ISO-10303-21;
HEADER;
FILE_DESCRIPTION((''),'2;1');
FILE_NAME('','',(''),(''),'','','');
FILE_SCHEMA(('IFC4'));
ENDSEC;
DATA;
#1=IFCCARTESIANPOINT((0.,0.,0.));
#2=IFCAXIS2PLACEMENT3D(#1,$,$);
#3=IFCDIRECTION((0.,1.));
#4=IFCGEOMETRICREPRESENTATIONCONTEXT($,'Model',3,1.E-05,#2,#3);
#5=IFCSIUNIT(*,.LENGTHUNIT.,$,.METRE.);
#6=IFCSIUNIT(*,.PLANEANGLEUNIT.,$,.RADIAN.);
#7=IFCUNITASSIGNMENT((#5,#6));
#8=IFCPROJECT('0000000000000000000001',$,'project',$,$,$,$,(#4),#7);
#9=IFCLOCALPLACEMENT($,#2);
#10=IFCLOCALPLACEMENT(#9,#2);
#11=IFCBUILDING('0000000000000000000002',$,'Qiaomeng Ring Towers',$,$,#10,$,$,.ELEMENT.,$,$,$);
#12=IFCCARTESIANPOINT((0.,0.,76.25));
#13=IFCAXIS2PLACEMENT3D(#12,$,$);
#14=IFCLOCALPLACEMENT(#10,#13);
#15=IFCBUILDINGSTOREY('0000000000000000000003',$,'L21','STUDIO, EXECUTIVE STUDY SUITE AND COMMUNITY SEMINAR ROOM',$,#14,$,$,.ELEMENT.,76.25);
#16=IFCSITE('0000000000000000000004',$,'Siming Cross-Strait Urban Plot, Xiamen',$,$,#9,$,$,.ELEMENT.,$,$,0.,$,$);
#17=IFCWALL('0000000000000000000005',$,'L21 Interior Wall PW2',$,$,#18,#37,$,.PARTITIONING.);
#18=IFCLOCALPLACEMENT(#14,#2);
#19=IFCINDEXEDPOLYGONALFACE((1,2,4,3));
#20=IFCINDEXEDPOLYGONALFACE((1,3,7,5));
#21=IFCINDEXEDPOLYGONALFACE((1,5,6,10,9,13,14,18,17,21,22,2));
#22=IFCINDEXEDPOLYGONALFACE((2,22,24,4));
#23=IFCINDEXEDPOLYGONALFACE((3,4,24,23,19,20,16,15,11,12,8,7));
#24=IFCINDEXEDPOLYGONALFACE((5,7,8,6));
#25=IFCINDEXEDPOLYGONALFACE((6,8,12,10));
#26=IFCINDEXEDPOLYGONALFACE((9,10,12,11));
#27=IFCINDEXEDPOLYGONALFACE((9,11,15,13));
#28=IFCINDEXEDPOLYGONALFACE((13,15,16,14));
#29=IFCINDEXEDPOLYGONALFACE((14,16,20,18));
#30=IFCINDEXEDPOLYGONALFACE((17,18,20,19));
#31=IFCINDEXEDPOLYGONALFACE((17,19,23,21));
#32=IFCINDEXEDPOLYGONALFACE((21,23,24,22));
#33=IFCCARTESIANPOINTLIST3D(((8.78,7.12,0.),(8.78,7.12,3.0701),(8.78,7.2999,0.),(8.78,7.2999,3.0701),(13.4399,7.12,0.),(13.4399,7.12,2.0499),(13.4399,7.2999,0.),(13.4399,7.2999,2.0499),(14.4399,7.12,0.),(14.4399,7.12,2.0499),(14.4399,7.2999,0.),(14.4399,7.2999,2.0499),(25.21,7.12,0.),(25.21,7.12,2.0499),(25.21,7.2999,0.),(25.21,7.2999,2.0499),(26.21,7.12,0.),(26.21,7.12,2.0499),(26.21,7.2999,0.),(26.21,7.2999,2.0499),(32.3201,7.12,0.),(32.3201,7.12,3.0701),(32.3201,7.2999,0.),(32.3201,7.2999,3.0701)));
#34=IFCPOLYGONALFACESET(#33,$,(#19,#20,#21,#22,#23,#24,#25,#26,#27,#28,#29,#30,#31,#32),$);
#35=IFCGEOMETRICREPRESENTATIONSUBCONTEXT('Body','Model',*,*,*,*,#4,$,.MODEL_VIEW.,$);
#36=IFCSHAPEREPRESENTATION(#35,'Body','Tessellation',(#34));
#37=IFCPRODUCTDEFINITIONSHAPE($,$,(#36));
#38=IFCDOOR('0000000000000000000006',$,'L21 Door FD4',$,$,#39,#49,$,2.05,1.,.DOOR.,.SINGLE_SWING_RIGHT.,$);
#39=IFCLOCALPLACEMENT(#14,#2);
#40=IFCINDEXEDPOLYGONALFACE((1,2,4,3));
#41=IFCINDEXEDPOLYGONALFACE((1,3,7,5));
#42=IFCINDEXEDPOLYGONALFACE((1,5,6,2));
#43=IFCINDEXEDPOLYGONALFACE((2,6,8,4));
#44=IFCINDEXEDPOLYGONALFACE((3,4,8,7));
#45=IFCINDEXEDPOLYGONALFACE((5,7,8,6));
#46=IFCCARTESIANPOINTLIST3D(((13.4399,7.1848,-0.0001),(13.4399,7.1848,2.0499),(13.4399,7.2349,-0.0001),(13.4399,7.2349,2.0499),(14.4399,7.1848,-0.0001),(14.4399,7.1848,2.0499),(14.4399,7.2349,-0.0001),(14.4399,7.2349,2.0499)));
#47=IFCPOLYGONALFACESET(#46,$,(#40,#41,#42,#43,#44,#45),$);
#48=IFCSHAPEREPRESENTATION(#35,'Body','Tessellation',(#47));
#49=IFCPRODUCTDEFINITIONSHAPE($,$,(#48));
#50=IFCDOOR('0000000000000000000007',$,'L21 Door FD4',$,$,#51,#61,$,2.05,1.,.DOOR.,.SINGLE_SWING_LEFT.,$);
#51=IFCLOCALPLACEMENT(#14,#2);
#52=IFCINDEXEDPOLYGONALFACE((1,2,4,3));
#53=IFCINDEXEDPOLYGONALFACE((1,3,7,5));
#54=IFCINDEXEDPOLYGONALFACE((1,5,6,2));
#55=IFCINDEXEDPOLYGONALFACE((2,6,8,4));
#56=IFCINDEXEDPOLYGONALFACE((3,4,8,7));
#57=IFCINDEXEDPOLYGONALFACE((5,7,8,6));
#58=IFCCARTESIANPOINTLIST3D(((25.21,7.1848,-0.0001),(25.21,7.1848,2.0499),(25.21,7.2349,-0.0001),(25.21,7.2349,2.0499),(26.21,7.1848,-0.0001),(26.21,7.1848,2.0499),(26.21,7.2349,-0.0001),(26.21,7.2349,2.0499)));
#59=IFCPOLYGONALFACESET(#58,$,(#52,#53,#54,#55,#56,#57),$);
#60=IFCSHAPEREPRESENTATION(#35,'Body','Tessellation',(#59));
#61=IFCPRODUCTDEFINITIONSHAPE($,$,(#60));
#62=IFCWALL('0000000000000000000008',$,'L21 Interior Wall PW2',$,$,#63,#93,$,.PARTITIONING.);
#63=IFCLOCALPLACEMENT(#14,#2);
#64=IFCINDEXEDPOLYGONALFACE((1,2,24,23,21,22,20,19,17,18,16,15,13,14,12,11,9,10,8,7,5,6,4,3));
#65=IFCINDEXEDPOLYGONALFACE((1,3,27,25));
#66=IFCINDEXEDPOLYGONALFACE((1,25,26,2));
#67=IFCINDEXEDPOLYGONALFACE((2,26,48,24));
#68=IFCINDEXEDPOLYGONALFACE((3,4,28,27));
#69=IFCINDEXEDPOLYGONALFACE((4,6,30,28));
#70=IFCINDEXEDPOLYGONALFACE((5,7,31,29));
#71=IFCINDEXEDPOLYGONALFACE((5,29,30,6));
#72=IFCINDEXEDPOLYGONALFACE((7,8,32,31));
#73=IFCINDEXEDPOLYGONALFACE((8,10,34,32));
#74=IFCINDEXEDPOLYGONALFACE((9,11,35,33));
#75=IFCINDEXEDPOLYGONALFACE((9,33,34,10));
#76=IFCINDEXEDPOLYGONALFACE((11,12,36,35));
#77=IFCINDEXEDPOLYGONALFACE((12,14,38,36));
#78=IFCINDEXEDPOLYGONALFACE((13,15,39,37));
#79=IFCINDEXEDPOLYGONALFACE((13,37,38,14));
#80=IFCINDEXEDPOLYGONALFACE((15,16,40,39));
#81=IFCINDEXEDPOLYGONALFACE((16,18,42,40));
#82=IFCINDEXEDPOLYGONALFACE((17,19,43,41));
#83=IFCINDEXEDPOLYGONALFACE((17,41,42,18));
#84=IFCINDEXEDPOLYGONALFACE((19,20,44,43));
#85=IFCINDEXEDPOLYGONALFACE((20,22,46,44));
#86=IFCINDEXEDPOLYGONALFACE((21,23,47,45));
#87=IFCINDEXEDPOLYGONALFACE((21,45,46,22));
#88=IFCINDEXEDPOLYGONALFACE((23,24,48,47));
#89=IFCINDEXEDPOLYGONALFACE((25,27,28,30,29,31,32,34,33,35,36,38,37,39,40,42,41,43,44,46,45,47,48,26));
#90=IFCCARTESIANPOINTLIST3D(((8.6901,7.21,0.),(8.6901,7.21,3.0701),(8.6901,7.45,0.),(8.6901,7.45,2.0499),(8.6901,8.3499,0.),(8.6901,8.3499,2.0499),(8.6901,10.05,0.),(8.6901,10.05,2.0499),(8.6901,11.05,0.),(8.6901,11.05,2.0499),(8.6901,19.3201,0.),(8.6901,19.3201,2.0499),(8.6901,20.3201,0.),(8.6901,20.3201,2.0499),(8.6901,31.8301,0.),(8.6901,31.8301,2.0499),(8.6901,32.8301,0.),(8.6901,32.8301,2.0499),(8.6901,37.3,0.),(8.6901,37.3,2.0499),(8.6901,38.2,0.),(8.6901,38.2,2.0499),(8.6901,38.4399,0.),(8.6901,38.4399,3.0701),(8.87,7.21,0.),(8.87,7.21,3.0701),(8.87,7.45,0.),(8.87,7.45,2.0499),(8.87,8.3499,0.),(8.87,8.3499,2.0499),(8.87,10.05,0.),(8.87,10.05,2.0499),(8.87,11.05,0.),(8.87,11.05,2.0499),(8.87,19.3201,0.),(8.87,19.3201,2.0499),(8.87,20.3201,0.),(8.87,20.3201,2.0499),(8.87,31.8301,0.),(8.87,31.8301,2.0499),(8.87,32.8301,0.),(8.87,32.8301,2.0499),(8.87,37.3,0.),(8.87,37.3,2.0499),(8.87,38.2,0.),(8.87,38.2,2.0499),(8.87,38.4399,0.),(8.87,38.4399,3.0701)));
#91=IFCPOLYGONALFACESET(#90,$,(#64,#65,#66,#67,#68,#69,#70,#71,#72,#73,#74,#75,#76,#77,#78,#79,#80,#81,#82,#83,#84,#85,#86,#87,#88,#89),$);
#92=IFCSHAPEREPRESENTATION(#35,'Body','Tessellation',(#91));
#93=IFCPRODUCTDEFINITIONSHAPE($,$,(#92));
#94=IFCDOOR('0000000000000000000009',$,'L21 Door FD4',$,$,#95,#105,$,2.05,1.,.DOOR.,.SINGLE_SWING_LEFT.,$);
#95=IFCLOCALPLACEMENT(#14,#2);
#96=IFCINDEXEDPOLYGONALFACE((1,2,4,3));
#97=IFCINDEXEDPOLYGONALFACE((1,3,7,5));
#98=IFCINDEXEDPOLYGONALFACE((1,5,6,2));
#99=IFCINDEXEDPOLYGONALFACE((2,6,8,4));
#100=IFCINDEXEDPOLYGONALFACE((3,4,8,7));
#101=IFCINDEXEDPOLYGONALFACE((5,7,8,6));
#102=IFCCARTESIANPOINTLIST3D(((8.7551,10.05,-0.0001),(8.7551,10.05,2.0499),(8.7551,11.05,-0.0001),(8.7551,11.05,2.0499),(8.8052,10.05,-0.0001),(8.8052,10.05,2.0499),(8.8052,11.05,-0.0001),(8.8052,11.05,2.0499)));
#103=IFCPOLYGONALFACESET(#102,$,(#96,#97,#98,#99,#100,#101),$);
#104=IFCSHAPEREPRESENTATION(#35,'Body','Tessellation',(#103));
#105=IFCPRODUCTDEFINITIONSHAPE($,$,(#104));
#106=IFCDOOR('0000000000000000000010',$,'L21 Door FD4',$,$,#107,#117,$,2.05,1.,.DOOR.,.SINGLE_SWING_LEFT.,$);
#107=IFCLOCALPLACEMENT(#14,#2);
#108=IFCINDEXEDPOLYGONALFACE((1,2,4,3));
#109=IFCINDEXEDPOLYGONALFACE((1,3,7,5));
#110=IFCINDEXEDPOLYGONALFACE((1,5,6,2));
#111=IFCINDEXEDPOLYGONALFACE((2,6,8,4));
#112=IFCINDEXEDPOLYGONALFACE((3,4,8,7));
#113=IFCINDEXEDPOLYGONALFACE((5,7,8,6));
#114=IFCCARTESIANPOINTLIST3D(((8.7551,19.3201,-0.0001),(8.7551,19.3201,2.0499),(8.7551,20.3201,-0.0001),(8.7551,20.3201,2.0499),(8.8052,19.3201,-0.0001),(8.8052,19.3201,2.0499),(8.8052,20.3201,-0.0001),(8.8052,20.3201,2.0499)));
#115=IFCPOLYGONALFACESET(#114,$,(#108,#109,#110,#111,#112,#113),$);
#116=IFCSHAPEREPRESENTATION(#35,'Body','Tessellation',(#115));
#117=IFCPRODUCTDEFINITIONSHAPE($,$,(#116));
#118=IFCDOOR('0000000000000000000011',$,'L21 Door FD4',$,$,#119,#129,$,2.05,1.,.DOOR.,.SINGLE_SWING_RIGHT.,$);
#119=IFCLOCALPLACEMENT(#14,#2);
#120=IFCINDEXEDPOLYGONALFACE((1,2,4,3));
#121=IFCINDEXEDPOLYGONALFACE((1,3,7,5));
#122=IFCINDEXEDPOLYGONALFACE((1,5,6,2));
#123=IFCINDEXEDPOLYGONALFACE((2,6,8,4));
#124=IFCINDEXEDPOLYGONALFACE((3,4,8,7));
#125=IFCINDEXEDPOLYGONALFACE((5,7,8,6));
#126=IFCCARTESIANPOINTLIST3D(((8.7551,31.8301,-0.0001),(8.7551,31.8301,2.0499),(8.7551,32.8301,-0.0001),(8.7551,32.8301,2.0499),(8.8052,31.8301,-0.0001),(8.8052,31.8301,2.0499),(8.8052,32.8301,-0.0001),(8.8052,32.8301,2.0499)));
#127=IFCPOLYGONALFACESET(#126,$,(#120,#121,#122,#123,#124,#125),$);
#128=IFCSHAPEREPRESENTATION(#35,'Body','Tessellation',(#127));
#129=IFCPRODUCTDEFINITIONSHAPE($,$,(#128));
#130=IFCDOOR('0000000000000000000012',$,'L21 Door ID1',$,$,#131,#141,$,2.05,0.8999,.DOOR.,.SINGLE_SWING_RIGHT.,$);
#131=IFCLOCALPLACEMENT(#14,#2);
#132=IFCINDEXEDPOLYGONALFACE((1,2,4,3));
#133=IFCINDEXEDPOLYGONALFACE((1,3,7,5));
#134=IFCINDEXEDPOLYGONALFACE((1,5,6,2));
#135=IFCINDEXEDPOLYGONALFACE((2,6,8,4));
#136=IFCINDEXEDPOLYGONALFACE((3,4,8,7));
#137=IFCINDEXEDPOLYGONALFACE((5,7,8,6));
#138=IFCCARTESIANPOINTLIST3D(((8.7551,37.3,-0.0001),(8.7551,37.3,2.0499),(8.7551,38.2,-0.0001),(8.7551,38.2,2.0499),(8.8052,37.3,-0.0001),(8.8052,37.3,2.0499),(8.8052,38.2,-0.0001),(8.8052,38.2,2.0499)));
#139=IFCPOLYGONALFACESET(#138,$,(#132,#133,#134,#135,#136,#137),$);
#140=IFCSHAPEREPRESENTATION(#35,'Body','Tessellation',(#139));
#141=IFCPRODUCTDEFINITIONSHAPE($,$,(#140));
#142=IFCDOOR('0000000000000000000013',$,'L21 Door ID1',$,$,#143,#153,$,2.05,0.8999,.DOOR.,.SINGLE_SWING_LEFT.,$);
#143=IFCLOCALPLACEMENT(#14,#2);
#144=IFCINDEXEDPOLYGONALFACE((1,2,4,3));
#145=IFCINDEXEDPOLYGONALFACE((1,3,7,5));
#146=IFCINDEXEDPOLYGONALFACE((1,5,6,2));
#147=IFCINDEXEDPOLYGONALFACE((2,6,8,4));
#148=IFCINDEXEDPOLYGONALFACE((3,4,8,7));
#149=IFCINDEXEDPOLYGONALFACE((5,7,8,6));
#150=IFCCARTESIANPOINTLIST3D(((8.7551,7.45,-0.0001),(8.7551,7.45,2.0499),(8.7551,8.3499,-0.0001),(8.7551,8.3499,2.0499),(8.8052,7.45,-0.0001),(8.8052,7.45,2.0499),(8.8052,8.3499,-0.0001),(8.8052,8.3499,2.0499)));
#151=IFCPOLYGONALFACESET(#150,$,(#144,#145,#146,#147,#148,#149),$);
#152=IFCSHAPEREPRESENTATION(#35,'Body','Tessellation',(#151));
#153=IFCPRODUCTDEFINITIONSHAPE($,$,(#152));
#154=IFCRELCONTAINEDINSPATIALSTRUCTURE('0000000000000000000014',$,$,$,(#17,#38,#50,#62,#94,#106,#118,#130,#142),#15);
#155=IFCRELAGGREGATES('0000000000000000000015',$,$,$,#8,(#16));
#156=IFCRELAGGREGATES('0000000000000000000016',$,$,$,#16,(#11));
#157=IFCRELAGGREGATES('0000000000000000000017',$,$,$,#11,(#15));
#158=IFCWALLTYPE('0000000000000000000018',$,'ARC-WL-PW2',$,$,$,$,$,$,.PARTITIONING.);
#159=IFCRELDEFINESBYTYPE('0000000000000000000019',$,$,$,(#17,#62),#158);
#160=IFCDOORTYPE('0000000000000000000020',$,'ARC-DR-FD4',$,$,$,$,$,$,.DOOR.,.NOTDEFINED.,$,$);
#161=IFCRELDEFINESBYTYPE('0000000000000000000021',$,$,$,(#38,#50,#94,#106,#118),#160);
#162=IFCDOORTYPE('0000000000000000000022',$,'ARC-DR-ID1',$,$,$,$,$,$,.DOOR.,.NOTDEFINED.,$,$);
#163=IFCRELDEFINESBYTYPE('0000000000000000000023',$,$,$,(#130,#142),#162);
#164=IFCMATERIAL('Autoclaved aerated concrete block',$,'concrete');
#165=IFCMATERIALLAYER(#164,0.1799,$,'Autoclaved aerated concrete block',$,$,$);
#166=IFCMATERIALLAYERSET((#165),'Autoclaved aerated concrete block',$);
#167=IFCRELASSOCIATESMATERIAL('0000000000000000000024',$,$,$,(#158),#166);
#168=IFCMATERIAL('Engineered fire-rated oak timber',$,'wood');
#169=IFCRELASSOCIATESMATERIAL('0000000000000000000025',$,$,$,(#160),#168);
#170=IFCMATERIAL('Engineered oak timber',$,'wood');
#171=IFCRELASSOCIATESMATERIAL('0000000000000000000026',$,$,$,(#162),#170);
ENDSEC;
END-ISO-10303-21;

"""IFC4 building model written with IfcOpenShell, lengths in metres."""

from ifc_helpers import new_model, si_unit, direction, frame, frame_2d, origin, place, context, subcontext, project, spatial, rectangle, extrude, source, transform, mapped, material, layer, layer_set, type_object, element, fill, save


model = new_model("IFC4")

# Units and contexts
model_context = context("Model", 3, precision=1e-05, world=origin(), true_north=direction((0.0, 1.0)))
body_context = subcontext(model_context, "Body", "Model", "MODEL_VIEW")
ifc_project = project(units=[si_unit("LENGTHUNIT", "METRE"), si_unit("PLANEANGLEUNIT", "RADIAN")], contexts=[model_context])

# Site, building, storey
site_placement = place(None, origin())
site = spatial("IfcSite", under=ifc_project, at=site_placement, Name="Siming Cross-Strait Urban Plot, Xiamen", CompositionType="ELEMENT", RefElevation=0.0)
building_placement = place(site_placement, origin())
building = spatial("IfcBuilding", under=site, at=building_placement, Name="Qiaomeng Ring Towers", CompositionType="ELEMENT")
storey_placement = place(building_placement, frame((0.0, 0.0, 76.25)))
storey = spatial("IfcBuildingStorey", under=building, at=storey_placement, Name="L21", Description="STUDIO, EXECUTIVE STUDY SUITE AND COMMUNITY SEMINAR ROOM", CompositionType="ELEMENT", Elevation=76.25)

# Walls, openings, doors
ifc_material_1 = material(Name="Autoclaved aerated concrete block", Category="concrete")
ifc_layer_1 = layer(ifc_material_1, 0.1799, Name="Autoclaved aerated concrete block")
ifc_layer_set_1 = layer_set([ifc_layer_1], Name="Autoclaved aerated concrete block")
wall_type_1 = type_object("IfcWallType", Name="ARC-WL-PW2", PredefinedType="PARTITIONING", material=ifc_layer_set_1)
wall_1_placement = place(storey_placement, frame((8.78, 7.21, 0.0), z_axis=(0.0, 0.0, 1.0), x_axis=(1.0, 0.0, 0.0)))
wall_1 = element("IfcWall", 1, at=wall_1_placement, inside=storey, type_object=wall_type_1, Name="L21 Interior Wall PW2", PredefinedType="PARTITIONING", context=body_context, shape_type="SweptSolid", body=[
    extrude(rectangle(XDim=23.54, YDim=0.1799, at=frame_2d((11.77, 0.0))), origin(), (0.0, 0.0, 1.0), 3.0701),
])
opening_1_placement = place(wall_1_placement, frame((4.6599, 0.0, 0.0)))
opening_1 = element("IfcOpeningElement", 2, at=opening_1_placement, cuts=wall_1, PredefinedType="OPENING", context=body_context, shape_type="SweptSolid", body=[
    extrude(rectangle(XDim=1.0, YDim=2.05, at=frame_2d((0.5, 1.0249))), frame((0.0, 0.0999, 0.0), z_axis=(0.0, -1.0, 0.0), x_axis=(1.0, 0.0, 0.0)), (0.0, 0.0, 1.0), 0.2),
])
opening_2_placement = place(wall_1_placement, frame((16.4299, 0.0, 0.0)))
opening_2 = element("IfcOpeningElement", 3, at=opening_2_placement, cuts=wall_1, PredefinedType="OPENING", context=body_context, shape_type="SweptSolid", body=[
    extrude(rectangle(XDim=1.0, YDim=2.05, at=frame_2d((0.5, 1.0249))), frame((0.0, 0.0999, 0.0), z_axis=(0.0, -1.0, 0.0), x_axis=(1.0, 0.0, 0.0)), (0.0, 0.0, 1.0), 0.2),
])
ifc_material_2 = material(Name="Engineered fire-rated oak timber", Category="wood")
door_type_1 = type_object("IfcDoorType", Name="ARC-DR-FD4", OperationType="NOTDEFINED", PredefinedType="DOOR", material=ifc_material_2)
shared_shape_1 = source(origin(), body_context, "Body", "SweptSolid", [
    extrude(rectangle(XDim=1.0, YDim=2.05, at=frame_2d((0.5, 1.0249))), frame((0.0, 0.0249, 0.0), z_axis=(0.0, -1.0, 0.0), x_axis=(1.0, 0.0, 0.0)), (0.0, 0.0, 1.0), 0.05),
])
door_1_placement = place(opening_1_placement, origin())
door_1 = element("IfcDoor", 4, at=door_1_placement, inside=storey, type_object=door_type_1, Name="L21 Door FD4", OperationType="SINGLE_SWING_RIGHT", OverallHeight=2.05, OverallWidth=1.0, PredefinedType="DOOR", context=body_context, shape_type="MappedRepresentation", body=[
    mapped(shared_shape_1, transform((0.0, 0.0, 0.0), x_axis=(1.0, 0.0, 0.0), y_axis=(0.0, 1.0, 0.0), z_axis=(0.0, 0.0, 1.0), scale=1.0)),
])
fill(opening_1, door_1)
door_2_placement = place(opening_2_placement, origin())
door_2 = element("IfcDoor", 5, at=door_2_placement, inside=storey, type_object=door_type_1, Name="L21 Door FD4", OperationType="SINGLE_SWING_LEFT", OverallHeight=2.05, OverallWidth=1.0, PredefinedType="DOOR", context=body_context, shape_type="MappedRepresentation", body=[
    mapped(shared_shape_1, transform((0.0, 0.0, 0.0), x_axis=(1.0, 0.0, 0.0), y_axis=(0.0, 1.0, 0.0), z_axis=(0.0, 0.0, 1.0), scale=1.0)),
])
fill(opening_2, door_2)
wall_2_placement = place(storey_placement, frame((8.78, 7.21, 0.0), z_axis=(0.0, 0.0, 1.0), x_axis=(0.0, 1.0, 0.0)))
wall_2 = element("IfcWall", 6, at=wall_2_placement, inside=storey, type_object=wall_type_1, Name="L21 Interior Wall PW2", PredefinedType="PARTITIONING", context=body_context, shape_type="SweptSolid", body=[
    extrude(rectangle(XDim=31.23, YDim=0.1799, at=frame_2d((15.615, 0.0))), origin(), (0.0, 0.0, 1.0), 3.0701),
])
opening_3_placement = place(wall_2_placement, frame((30.0901, 0.0, 0.0)))
opening_3 = element("IfcOpeningElement", 7, at=opening_3_placement, cuts=wall_2, PredefinedType="OPENING", context=body_context, shape_type="SweptSolid", body=[
    extrude(rectangle(XDim=0.8999, YDim=2.05, at=frame_2d((0.45, 1.0249))), frame((0.0, 0.0999, 0.0), z_axis=(0.0, -1.0, 0.0), x_axis=(1.0, 0.0, 0.0)), (0.0, 0.0, 1.0), 0.2),
])
opening_4_placement = place(wall_2_placement, frame((0.24, 0.0, 0.0)))
opening_4 = element("IfcOpeningElement", 8, at=opening_4_placement, cuts=wall_2, PredefinedType="OPENING", context=body_context, shape_type="SweptSolid", body=[
    extrude(rectangle(XDim=0.8999, YDim=2.05, at=frame_2d((0.45, 1.0249))), frame((0.0, 0.0999, 0.0), z_axis=(0.0, -1.0, 0.0), x_axis=(1.0, 0.0, 0.0)), (0.0, 0.0, 1.0), 0.2),
])
opening_5_placement = place(wall_2_placement, frame((2.8401, 0.0, 0.0)))
opening_5 = element("IfcOpeningElement", 9, at=opening_5_placement, cuts=wall_2, PredefinedType="OPENING", context=body_context, shape_type="SweptSolid", body=[
    extrude(rectangle(XDim=1.0, YDim=2.05, at=frame_2d((0.5, 1.0249))), frame((0.0, 0.0999, 0.0), z_axis=(0.0, -1.0, 0.0), x_axis=(1.0, 0.0, 0.0)), (0.0, 0.0, 1.0), 0.2),
])
opening_6_placement = place(wall_2_placement, frame((12.1101, 0.0, 0.0)))
opening_6 = element("IfcOpeningElement", 10, at=opening_6_placement, cuts=wall_2, PredefinedType="OPENING", context=body_context, shape_type="SweptSolid", body=[
    extrude(rectangle(XDim=1.0, YDim=2.05, at=frame_2d((0.5, 1.0249))), frame((0.0, 0.0999, 0.0), z_axis=(0.0, -1.0, 0.0), x_axis=(1.0, 0.0, 0.0)), (0.0, 0.0, 1.0), 0.2),
])
opening_7_placement = place(wall_2_placement, frame((24.6201, 0.0, 0.0)))
opening_7 = element("IfcOpeningElement", 11, at=opening_7_placement, cuts=wall_2, PredefinedType="OPENING", context=body_context, shape_type="SweptSolid", body=[
    extrude(rectangle(XDim=1.0, YDim=2.05, at=frame_2d((0.5, 1.0249))), frame((0.0, 0.0999, 0.0), z_axis=(0.0, -1.0, 0.0), x_axis=(1.0, 0.0, 0.0)), (0.0, 0.0, 1.0), 0.2),
])
door_3_placement = place(opening_5_placement, origin())
door_3 = element("IfcDoor", 12, at=door_3_placement, inside=storey, type_object=door_type_1, Name="L21 Door FD4", OperationType="SINGLE_SWING_LEFT", OverallHeight=2.05, OverallWidth=1.0, PredefinedType="DOOR", context=body_context, shape_type="MappedRepresentation", body=[
    mapped(shared_shape_1, transform((0.0, 0.0, 0.0), x_axis=(1.0, 0.0, 0.0), y_axis=(0.0, 1.0, 0.0), z_axis=(0.0, 0.0, 1.0), scale=1.0)),
])
fill(opening_5, door_3)
door_4_placement = place(opening_6_placement, origin())
door_4 = element("IfcDoor", 13, at=door_4_placement, inside=storey, type_object=door_type_1, Name="L21 Door FD4", OperationType="SINGLE_SWING_LEFT", OverallHeight=2.05, OverallWidth=1.0, PredefinedType="DOOR", context=body_context, shape_type="MappedRepresentation", body=[
    mapped(shared_shape_1, transform((0.0, 0.0, 0.0), x_axis=(1.0, 0.0, 0.0), y_axis=(0.0, 1.0, 0.0), z_axis=(0.0, 0.0, 1.0), scale=1.0)),
])
fill(opening_6, door_4)
door_5_placement = place(opening_7_placement, origin())
door_5 = element("IfcDoor", 14, at=door_5_placement, inside=storey, type_object=door_type_1, Name="L21 Door FD4", OperationType="SINGLE_SWING_RIGHT", OverallHeight=2.05, OverallWidth=1.0, PredefinedType="DOOR", context=body_context, shape_type="MappedRepresentation", body=[
    mapped(shared_shape_1, transform((0.0, 0.0, 0.0), x_axis=(1.0, 0.0, 0.0), y_axis=(0.0, 1.0, 0.0), z_axis=(0.0, 0.0, 1.0), scale=1.0)),
])
fill(opening_7, door_5)
ifc_material_3 = material(Name="Engineered oak timber", Category="wood")
door_type_2 = type_object("IfcDoorType", Name="ARC-DR-ID1", OperationType="NOTDEFINED", PredefinedType="DOOR", material=ifc_material_3)
shared_shape_2 = source(origin(), body_context, "Body", "SweptSolid", [
    extrude(rectangle(XDim=0.8999, YDim=2.05, at=frame_2d((0.45, 1.0249))), frame((0.0, 0.0249, 0.0), z_axis=(0.0, -1.0, 0.0), x_axis=(1.0, 0.0, 0.0)), (0.0, 0.0, 1.0), 0.05),
])
door_6_placement = place(opening_3_placement, origin())
door_6 = element("IfcDoor", 15, at=door_6_placement, inside=storey, type_object=door_type_2, Name="L21 Door ID1", OperationType="SINGLE_SWING_RIGHT", OverallHeight=2.05, OverallWidth=0.8999, PredefinedType="DOOR", context=body_context, shape_type="MappedRepresentation", body=[
    mapped(shared_shape_2, transform((0.0, 0.0, 0.0), x_axis=(1.0, 0.0, 0.0), y_axis=(0.0, 1.0, 0.0), z_axis=(0.0, 0.0, 1.0), scale=1.0)),
])
fill(opening_3, door_6)
door_7_placement = place(opening_4_placement, origin())
door_7 = element("IfcDoor", 16, at=door_7_placement, inside=storey, type_object=door_type_2, Name="L21 Door ID1", OperationType="SINGLE_SWING_LEFT", OverallHeight=2.05, OverallWidth=0.8999, PredefinedType="DOOR", context=body_context, shape_type="MappedRepresentation", body=[
    mapped(shared_shape_2, transform((0.0, 0.0, 0.0), x_axis=(1.0, 0.0, 0.0), y_axis=(0.0, 1.0, 0.0), z_axis=(0.0, 0.0, 1.0), scale=1.0)),
])
fill(opening_4, door_7)

save(model, "model.ifc")
